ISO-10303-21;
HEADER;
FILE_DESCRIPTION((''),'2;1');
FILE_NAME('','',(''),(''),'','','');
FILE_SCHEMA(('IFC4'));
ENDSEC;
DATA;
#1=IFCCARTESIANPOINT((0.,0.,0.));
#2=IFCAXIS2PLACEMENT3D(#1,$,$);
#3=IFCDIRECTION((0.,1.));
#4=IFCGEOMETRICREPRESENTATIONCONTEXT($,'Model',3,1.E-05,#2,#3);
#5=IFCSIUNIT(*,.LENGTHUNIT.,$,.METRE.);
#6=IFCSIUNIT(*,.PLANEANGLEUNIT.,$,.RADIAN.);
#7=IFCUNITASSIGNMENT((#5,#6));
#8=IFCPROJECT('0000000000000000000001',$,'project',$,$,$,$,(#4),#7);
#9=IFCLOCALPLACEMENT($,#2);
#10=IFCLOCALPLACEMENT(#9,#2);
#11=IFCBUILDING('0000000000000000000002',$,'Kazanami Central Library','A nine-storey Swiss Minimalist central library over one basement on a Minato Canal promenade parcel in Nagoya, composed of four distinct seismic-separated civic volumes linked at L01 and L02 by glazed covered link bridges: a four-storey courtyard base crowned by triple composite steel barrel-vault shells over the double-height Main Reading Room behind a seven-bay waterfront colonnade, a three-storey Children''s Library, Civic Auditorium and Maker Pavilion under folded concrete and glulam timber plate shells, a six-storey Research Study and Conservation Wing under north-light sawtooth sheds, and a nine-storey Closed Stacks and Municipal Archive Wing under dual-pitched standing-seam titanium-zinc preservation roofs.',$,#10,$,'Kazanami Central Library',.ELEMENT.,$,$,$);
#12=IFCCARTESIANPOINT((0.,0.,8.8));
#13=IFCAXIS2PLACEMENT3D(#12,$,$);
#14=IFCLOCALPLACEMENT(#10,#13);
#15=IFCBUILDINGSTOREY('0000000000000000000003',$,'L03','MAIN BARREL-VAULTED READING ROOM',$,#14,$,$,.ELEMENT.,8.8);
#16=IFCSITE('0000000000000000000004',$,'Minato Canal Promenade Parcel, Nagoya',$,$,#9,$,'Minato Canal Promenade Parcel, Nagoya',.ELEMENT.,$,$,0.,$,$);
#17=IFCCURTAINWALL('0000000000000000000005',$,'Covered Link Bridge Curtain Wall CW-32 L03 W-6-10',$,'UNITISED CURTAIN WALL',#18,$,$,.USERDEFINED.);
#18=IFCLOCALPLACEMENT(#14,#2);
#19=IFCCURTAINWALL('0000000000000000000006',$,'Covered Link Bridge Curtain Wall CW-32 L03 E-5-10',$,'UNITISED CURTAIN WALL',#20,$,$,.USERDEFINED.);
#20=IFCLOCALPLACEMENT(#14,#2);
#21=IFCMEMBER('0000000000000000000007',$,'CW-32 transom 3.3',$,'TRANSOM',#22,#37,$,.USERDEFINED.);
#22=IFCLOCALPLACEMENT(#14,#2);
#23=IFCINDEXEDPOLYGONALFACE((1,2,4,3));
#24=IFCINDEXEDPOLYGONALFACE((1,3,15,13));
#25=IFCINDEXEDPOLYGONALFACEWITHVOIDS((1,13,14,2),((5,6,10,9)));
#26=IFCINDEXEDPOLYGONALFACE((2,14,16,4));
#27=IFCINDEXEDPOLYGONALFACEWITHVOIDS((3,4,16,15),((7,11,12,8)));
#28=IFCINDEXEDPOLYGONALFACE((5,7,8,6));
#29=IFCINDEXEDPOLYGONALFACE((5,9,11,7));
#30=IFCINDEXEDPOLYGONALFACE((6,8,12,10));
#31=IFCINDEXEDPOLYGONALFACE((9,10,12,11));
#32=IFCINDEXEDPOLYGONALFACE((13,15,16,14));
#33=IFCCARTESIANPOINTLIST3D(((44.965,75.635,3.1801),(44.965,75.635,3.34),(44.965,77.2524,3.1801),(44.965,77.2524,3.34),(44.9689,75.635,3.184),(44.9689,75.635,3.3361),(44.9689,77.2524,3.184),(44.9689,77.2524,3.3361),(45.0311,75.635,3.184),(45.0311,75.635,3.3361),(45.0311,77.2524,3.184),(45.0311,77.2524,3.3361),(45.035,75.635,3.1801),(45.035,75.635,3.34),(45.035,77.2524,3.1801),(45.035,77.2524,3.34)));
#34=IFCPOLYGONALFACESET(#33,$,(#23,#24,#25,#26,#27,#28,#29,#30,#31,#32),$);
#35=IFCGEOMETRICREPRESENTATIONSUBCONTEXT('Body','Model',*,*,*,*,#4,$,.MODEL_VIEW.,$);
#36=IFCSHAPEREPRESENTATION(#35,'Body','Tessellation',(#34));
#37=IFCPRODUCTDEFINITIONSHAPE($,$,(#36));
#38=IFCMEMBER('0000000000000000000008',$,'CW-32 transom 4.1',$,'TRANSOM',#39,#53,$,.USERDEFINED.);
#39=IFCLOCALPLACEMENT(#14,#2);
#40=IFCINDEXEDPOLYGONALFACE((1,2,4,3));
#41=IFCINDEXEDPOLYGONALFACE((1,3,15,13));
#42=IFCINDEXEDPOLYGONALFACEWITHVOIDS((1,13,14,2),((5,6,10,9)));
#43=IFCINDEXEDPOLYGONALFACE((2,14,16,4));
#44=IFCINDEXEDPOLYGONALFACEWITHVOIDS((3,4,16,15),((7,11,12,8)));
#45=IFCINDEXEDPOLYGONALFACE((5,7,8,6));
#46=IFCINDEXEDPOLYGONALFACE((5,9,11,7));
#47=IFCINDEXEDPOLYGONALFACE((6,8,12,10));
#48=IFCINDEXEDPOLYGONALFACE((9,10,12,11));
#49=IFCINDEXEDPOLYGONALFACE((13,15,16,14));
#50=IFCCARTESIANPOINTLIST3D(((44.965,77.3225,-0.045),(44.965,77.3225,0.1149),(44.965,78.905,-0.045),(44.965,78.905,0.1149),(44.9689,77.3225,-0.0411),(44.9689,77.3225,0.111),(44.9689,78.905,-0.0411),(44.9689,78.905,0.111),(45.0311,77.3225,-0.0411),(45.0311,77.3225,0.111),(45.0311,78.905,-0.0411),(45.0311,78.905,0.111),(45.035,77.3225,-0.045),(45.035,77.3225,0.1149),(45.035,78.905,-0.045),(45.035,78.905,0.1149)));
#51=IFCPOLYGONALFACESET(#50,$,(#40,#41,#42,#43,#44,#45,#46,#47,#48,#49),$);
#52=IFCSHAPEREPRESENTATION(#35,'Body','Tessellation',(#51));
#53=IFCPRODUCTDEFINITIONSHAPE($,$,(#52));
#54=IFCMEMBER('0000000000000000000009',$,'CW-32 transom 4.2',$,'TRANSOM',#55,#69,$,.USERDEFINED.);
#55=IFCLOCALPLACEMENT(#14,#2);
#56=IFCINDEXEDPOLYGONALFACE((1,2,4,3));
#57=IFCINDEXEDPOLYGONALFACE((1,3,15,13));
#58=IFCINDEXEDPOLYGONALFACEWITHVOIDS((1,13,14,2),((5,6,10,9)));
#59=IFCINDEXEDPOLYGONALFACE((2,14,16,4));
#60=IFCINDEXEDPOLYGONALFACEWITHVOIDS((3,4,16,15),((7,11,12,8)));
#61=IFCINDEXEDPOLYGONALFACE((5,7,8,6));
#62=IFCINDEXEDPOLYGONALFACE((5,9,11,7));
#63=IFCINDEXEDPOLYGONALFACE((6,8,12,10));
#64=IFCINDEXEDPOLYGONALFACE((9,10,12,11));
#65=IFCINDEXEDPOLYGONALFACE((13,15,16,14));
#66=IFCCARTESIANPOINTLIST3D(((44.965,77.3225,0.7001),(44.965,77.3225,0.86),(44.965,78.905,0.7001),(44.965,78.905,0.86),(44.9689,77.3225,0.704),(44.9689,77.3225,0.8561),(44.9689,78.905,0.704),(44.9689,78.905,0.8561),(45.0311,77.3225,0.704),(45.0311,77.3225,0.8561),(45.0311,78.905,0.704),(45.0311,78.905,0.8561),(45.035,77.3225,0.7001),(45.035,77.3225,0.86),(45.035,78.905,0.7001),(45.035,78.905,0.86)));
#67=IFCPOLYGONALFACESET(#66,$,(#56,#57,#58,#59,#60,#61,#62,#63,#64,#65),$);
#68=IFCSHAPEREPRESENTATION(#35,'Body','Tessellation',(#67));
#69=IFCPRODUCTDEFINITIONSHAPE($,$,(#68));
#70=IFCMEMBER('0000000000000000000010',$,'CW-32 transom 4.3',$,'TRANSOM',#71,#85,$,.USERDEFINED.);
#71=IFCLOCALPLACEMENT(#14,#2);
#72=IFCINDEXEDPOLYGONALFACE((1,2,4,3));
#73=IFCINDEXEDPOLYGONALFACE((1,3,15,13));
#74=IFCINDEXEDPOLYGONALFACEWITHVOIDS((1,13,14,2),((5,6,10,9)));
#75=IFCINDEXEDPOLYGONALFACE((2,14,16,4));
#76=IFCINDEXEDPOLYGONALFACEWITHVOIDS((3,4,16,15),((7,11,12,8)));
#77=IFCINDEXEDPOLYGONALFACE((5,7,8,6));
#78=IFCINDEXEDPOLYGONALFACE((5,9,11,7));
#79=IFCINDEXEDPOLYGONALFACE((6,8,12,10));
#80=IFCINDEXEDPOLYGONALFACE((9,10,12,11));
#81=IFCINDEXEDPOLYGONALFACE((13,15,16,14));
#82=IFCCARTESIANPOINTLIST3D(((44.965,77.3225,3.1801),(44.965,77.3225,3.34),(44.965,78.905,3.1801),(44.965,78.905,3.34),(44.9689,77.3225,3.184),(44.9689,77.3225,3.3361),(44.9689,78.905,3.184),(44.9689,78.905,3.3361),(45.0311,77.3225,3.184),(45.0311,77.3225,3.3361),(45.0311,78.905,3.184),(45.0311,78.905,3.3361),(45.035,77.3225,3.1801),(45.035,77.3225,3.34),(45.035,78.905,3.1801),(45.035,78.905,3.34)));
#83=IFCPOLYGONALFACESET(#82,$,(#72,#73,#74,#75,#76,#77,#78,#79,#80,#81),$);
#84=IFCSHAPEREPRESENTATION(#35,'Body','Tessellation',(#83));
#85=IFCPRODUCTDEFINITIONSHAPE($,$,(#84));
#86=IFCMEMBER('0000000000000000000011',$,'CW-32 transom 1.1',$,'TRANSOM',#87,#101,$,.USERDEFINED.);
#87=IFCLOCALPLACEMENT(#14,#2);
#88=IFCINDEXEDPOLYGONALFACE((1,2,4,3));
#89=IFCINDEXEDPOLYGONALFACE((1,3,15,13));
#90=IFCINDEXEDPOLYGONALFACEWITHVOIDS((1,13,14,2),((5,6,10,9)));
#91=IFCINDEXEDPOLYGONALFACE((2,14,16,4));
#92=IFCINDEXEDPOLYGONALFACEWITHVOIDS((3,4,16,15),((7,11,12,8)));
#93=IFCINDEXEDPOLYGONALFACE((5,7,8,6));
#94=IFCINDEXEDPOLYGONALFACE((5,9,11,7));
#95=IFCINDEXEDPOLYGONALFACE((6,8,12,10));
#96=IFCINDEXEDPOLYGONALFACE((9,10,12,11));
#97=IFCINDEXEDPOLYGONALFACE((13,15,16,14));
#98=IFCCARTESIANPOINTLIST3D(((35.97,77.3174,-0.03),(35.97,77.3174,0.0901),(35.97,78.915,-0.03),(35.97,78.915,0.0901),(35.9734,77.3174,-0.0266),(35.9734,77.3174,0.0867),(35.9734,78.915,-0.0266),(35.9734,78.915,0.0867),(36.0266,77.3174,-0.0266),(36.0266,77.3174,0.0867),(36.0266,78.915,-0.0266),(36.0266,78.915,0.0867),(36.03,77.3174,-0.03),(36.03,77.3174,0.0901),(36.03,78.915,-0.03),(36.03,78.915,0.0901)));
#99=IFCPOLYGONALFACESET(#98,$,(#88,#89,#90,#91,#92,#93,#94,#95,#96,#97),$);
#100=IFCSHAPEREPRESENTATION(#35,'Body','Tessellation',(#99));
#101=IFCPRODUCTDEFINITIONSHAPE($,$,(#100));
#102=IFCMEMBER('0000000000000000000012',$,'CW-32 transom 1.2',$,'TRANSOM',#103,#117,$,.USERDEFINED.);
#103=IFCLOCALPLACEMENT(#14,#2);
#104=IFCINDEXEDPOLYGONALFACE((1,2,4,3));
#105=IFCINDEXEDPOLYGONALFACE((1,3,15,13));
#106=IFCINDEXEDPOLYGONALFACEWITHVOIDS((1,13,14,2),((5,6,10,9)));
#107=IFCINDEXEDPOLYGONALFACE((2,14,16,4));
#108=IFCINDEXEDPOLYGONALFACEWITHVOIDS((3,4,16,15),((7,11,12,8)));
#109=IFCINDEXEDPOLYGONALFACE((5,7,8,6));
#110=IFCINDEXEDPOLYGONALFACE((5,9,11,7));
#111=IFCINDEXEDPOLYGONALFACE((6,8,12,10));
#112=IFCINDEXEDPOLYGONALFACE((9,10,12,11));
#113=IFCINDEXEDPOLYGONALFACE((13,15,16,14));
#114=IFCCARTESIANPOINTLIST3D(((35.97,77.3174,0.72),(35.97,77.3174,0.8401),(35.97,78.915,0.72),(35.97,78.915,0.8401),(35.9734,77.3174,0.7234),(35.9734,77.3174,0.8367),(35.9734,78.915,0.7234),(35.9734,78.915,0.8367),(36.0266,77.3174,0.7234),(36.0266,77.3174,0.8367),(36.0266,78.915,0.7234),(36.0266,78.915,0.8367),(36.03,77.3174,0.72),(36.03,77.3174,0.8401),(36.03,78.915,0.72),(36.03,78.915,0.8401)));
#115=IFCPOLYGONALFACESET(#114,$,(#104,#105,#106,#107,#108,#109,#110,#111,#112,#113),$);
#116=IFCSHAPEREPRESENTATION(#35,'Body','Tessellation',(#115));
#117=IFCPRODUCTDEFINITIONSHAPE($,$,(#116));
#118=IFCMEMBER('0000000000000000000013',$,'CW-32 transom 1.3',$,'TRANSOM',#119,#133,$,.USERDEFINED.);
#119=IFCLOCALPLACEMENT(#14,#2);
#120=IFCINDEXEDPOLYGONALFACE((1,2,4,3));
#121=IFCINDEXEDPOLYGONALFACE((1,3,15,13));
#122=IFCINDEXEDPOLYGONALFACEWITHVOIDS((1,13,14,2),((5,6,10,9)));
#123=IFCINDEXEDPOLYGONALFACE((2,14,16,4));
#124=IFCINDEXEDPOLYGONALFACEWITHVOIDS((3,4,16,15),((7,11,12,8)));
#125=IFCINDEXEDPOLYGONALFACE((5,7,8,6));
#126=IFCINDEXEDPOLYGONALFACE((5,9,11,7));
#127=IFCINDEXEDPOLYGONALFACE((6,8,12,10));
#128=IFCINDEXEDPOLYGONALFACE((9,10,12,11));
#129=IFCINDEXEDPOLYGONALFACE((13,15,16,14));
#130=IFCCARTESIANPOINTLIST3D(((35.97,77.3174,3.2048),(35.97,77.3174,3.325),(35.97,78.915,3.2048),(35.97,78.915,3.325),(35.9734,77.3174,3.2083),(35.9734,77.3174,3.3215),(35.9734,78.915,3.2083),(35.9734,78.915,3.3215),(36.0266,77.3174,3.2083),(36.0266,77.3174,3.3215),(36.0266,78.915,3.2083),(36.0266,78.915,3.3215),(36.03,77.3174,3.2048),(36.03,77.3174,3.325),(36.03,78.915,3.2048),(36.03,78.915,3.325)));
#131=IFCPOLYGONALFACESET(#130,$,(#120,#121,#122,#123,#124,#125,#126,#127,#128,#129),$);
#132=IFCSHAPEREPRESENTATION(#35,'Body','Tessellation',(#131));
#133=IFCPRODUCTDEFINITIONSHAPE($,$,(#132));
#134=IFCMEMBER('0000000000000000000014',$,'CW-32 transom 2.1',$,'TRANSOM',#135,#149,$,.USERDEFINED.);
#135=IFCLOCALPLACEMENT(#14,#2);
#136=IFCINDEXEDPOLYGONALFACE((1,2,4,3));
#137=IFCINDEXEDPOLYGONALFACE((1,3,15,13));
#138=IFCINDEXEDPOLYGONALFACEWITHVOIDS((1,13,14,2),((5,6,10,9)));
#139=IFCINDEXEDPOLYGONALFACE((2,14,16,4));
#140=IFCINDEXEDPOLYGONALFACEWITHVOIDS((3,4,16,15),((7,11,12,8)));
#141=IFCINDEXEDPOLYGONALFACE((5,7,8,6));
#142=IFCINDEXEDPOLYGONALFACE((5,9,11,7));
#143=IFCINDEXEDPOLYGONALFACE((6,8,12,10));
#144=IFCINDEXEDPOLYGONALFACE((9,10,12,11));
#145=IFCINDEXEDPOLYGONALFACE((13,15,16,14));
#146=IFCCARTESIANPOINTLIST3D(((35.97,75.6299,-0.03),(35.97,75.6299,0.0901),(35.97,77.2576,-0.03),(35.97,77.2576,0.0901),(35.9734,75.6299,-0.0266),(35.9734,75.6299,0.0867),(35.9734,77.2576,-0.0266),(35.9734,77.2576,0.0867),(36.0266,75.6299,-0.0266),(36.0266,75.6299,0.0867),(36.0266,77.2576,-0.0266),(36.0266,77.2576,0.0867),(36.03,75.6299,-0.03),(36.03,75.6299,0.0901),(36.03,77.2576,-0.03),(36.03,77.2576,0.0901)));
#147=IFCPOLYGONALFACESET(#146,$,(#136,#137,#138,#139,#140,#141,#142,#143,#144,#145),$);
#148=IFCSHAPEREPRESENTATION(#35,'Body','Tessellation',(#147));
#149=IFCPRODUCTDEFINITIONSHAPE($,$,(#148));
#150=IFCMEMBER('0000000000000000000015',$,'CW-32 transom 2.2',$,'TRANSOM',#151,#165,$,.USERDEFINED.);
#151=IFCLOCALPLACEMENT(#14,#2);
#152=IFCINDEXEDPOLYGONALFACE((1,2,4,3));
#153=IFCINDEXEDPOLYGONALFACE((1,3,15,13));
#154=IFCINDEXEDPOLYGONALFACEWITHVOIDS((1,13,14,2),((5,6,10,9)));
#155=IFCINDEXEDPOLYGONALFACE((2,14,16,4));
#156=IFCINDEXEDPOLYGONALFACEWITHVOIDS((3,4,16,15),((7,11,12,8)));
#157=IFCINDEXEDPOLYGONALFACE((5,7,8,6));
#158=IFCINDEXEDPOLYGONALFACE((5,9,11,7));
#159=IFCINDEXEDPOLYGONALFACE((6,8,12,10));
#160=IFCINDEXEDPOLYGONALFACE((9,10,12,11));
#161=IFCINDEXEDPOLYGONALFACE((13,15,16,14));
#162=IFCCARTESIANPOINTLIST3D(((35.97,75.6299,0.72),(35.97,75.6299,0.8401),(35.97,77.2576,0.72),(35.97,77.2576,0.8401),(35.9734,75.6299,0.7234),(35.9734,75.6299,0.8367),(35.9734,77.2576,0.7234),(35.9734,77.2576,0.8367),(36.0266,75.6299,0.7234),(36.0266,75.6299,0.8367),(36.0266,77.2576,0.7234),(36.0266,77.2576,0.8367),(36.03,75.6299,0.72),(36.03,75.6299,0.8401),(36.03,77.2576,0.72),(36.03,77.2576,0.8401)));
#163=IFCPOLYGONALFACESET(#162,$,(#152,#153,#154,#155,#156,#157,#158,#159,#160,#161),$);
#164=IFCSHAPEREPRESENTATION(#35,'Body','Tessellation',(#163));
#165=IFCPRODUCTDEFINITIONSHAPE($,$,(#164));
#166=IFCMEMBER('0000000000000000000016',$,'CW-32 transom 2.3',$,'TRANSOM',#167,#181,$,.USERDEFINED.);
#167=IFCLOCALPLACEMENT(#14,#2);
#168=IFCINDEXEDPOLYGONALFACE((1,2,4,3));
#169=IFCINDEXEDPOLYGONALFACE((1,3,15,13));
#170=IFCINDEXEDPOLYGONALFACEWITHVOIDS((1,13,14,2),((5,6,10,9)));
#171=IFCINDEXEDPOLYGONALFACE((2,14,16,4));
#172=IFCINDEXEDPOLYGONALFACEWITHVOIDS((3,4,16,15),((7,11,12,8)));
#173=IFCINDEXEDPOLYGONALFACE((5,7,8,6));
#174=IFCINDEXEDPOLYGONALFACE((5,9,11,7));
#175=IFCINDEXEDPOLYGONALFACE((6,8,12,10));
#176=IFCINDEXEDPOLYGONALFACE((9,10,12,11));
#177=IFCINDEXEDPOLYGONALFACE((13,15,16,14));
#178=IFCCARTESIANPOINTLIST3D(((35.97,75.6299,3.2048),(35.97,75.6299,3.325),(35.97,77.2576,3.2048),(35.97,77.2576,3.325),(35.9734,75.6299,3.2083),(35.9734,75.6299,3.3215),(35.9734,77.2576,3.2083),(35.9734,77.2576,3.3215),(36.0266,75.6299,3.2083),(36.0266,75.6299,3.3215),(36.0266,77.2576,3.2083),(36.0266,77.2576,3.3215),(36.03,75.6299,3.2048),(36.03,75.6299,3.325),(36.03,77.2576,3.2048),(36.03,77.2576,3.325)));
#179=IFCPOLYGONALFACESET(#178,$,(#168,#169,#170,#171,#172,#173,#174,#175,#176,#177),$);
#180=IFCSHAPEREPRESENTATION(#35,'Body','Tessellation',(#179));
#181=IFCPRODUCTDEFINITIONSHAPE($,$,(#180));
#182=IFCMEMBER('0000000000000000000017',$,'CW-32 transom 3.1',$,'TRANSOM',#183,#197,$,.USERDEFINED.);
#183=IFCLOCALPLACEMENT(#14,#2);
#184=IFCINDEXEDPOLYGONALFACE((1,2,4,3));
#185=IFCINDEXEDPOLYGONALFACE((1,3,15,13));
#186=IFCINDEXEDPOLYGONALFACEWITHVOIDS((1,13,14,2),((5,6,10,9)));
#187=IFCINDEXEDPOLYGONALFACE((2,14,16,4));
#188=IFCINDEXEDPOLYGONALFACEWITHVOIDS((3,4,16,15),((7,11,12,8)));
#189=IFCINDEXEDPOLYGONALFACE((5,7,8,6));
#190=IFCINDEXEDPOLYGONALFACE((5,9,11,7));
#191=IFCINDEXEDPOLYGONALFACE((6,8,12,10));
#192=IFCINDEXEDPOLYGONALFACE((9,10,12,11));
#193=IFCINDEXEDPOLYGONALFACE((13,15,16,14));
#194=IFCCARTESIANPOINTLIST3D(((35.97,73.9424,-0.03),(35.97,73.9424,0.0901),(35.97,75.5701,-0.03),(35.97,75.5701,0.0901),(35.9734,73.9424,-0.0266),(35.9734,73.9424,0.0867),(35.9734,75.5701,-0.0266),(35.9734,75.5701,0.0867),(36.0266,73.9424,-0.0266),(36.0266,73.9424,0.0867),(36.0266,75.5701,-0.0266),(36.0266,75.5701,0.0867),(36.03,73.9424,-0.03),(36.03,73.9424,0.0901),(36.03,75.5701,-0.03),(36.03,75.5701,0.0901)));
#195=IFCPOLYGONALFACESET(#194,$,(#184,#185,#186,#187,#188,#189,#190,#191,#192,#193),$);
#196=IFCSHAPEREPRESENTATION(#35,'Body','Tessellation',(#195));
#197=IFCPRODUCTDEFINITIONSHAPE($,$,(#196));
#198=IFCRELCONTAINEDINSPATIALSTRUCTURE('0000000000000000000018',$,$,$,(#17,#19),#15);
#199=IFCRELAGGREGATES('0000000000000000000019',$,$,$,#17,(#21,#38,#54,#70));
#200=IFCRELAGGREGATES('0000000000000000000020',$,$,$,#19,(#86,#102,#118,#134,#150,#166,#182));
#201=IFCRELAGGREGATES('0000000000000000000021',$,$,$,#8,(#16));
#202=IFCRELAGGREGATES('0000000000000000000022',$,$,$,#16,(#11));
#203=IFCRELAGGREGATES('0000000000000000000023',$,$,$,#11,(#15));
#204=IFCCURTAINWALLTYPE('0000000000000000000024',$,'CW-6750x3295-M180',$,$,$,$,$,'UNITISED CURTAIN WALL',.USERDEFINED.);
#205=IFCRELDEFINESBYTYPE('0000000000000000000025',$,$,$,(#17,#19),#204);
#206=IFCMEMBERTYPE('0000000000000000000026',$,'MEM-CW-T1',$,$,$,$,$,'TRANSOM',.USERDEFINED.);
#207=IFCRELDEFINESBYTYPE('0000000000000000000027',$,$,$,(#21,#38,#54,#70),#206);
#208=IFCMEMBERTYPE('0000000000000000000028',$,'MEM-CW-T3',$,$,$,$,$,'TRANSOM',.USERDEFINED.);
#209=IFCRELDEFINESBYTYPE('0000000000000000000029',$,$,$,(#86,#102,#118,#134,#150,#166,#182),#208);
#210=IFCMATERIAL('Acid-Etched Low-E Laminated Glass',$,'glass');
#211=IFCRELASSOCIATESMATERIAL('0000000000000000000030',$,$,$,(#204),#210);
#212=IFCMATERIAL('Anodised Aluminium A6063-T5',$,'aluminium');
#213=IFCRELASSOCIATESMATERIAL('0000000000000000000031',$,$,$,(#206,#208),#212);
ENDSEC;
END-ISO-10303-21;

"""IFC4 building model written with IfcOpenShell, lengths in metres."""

from ifc_helpers import new_model, si_unit, direction, frame, origin, origin_2d, place, context, subcontext, project, spatial, hollow_rectangle, extrude, material, material_profile, profile_set, type_object, element, aggregate, save


model = new_model("IFC4")

# Units and contexts
model_context = context("Model", 3, precision=1e-05, world=origin(), true_north=direction((0.0, 1.0)))
body_context = subcontext(model_context, "Body", "Model", "MODEL_VIEW")
ifc_project = project(units=[si_unit("LENGTHUNIT", "METRE"), si_unit("PLANEANGLEUNIT", "RADIAN")], contexts=[model_context])

# Site, building, storey
site_placement = place(None, origin())
site = spatial("IfcSite", under=ifc_project, at=site_placement, Name="Minato Canal Promenade Parcel, Nagoya", LongName="Minato Canal Promenade Parcel, Nagoya", CompositionType="ELEMENT", RefElevation=0.0)
building_placement = place(site_placement, origin())
building = spatial("IfcBuilding", under=site, at=building_placement, Name="Kazanami Central Library", Description="A nine-storey Swiss Minimalist central library over one basement on a Minato Canal promenade parcel in Nagoya, composed of four distinct seismic-separated civic volumes linked at L01 and L02 by glazed covered link bridges: a four-storey courtyard base crowned by triple composite steel barrel-vault shells over the double-height Main Reading Room behind a seven-bay waterfront colonnade, a three-storey Children's Library, Civic Auditorium and Maker Pavilion under folded concrete and glulam timber plate shells, a six-storey Research Study and Conservation Wing under north-light sawtooth sheds, and a nine-storey Closed Stacks and Municipal Archive Wing under dual-pitched standing-seam titanium-zinc preservation roofs.", LongName="Kazanami Central Library", CompositionType="ELEMENT")
storey_placement = place(building_placement, frame((0.0, 0.0, 8.8)))
storey = spatial("IfcBuildingStorey", under=building, at=storey_placement, Name="L03", Description="MAIN BARREL-VAULTED READING ROOM", CompositionType="ELEMENT", Elevation=8.8)

# Curtain walls
ifc_material_1 = material(Name="Acid-Etched Low-E Laminated Glass", Category="glass")
curtain_wall_type = type_object("IfcCurtainWallType", Name="CW-6750x3295-M180", ElementType="UNITISED CURTAIN WALL", PredefinedType="USERDEFINED", material=ifc_material_1)
curtain_wall_1_placement = place(storey_placement, origin())
curtain_wall_1 = element("IfcCurtainWall", 1, at=curtain_wall_1_placement, inside=storey, type_object=curtain_wall_type, Name="Covered Link Bridge Curtain Wall CW-32 L03 W-6-10", ObjectType="UNITISED CURTAIN WALL", PredefinedType="USERDEFINED")
ifc_material_2 = material(Name="Anodised Aluminium A6063-T5", Category="aluminium")
curtain_wall_2_placement = place(storey_placement, origin())
curtain_wall_2 = element("IfcCurtainWall", 2, at=curtain_wall_2_placement, inside=storey, type_object=curtain_wall_type, Name="Covered Link Bridge Curtain Wall CW-32 L03 E-5-10", ObjectType="UNITISED CURTAIN WALL", PredefinedType="USERDEFINED")

# Members
ifc_material_profile_1 = material_profile(ifc_material_2, hollow_rectangle(XDim=0.0701, YDim=0.1599, WallThickness=0.0039, at=origin_2d()), Name="ALU-TRAN-70x160x4")
ifc_profile_set_1 = profile_set([ifc_material_profile_1], Name="Anodised Aluminium A6063-T5")
member_type_1 = type_object("IfcMemberType", Name="MEM-CW-T1", ElementType="TRANSOM", PredefinedType="USERDEFINED", material=ifc_profile_set_1)
member_1_placement = place(storey_placement, frame((45.0, 75.635, 3.26), z_axis=(0.0, 1.0, 0.0), x_axis=(-1.0, 0.0, 0.0)))
member_1 = element("IfcMember", 3, at=member_1_placement, type_object=member_type_1, Name="CW-32 transom 3.3", ObjectType="TRANSOM", PredefinedType="USERDEFINED", context=body_context, shape_type="SweptSolid", body=[
    extrude(hollow_rectangle(XDim=0.0701, YDim=0.1599, WallThickness=0.0039, at=origin_2d()), origin(), (0.0, 0.0, 1.0), 1.6174),
])
member_2_placement = place(storey_placement, frame((45.0, 77.3225, 0.0349), z_axis=(0.0, 1.0, 0.0), x_axis=(-1.0, 0.0, 0.0)))
member_2 = element("IfcMember", 4, at=member_2_placement, type_object=member_type_1, Name="CW-32 transom 4.1", ObjectType="TRANSOM", PredefinedType="USERDEFINED", context=body_context, shape_type="SweptSolid", body=[
    extrude(hollow_rectangle(XDim=0.0701, YDim=0.1599, WallThickness=0.0039, at=origin_2d()), origin(), (0.0, 0.0, 1.0), 1.5825),
])
member_3_placement = place(storey_placement, frame((45.0, 77.3225, 0.78), z_axis=(0.0, 1.0, 0.0), x_axis=(-1.0, 0.0, 0.0)))
member_3 = element("IfcMember", 5, at=member_3_placement, type_object=member_type_1, Name="CW-32 transom 4.2", ObjectType="TRANSOM", PredefinedType="USERDEFINED", context=body_context, shape_type="SweptSolid", body=[
    extrude(hollow_rectangle(XDim=0.0701, YDim=0.1599, WallThickness=0.0039, at=origin_2d()), origin(), (0.0, 0.0, 1.0), 1.5825),
])
member_4_placement = place(storey_placement, frame((45.0, 77.3225, 3.26), z_axis=(0.0, 1.0, 0.0), x_axis=(-1.0, 0.0, 0.0)))
member_4 = element("IfcMember", 6, at=member_4_placement, type_object=member_type_1, Name="CW-32 transom 4.3", ObjectType="TRANSOM", PredefinedType="USERDEFINED", context=body_context, shape_type="SweptSolid", body=[
    extrude(hollow_rectangle(XDim=0.0701, YDim=0.1599, WallThickness=0.0039, at=origin_2d()), origin(), (0.0, 0.0, 1.0), 1.5825),
])
ifc_material_profile_2 = material_profile(ifc_material_2, hollow_rectangle(XDim=0.0601, YDim=0.1201, WallThickness=0.0034, at=origin_2d()), Name="ALU-TRAN-60x120x3.5")
ifc_profile_set_2 = profile_set([ifc_material_profile_2], Name="Anodised Aluminium A6063-T5")
member_type_2 = type_object("IfcMemberType", Name="MEM-CW-T3", ElementType="TRANSOM", PredefinedType="USERDEFINED", material=ifc_profile_set_2)
member_5_placement = place(storey_placement, frame((36.0, 78.915, 0.03), z_axis=(0.0, -1.0, 0.0), x_axis=(1.0, 0.0, 0.0)))
member_5 = element("IfcMember", 7, at=member_5_placement, type_object=member_type_2, Name="CW-32 transom 1.1", ObjectType="TRANSOM", PredefinedType="USERDEFINED", context=body_context, shape_type="SweptSolid", body=[
    extrude(hollow_rectangle(XDim=0.0601, YDim=0.1201, WallThickness=0.0034, at=origin_2d()), origin(), (0.0, 0.0, 1.0), 1.5977),
])
member_6_placement = place(storey_placement, frame((36.0, 78.915, 0.78), z_axis=(0.0, -1.0, 0.0), x_axis=(1.0, 0.0, 0.0)))
member_6 = element("IfcMember", 8, at=member_6_placement, type_object=member_type_2, Name="CW-32 transom 1.2", ObjectType="TRANSOM", PredefinedType="USERDEFINED", context=body_context, shape_type="SweptSolid", body=[
    extrude(hollow_rectangle(XDim=0.0601, YDim=0.1201, WallThickness=0.0034, at=origin_2d()), origin(), (0.0, 0.0, 1.0), 1.5977),
])
member_7_placement = place(storey_placement, frame((36.0, 78.915, 3.2649), z_axis=(0.0, -1.0, 0.0), x_axis=(1.0, 0.0, 0.0)))
member_7 = element("IfcMember", 9, at=member_7_placement, type_object=member_type_2, Name="CW-32 transom 1.3", ObjectType="TRANSOM", PredefinedType="USERDEFINED", context=body_context, shape_type="SweptSolid", body=[
    extrude(hollow_rectangle(XDim=0.0601, YDim=0.1201, WallThickness=0.0034, at=origin_2d()), origin(), (0.0, 0.0, 1.0), 1.5977),
])
member_8_placement = place(storey_placement, frame((36.0, 77.2576, 0.03), z_axis=(0.0, -1.0, 0.0), x_axis=(1.0, 0.0, 0.0)))
member_8 = element("IfcMember", 10, at=member_8_placement, type_object=member_type_2, Name="CW-32 transom 2.1", ObjectType="TRANSOM", PredefinedType="USERDEFINED", context=body_context, shape_type="SweptSolid", body=[
    extrude(hollow_rectangle(XDim=0.0601, YDim=0.1201, WallThickness=0.0034, at=origin_2d()), origin(), (0.0, 0.0, 1.0), 1.6277),
])
member_9_placement = place(storey_placement, frame((36.0, 77.2576, 0.78), z_axis=(0.0, -1.0, 0.0), x_axis=(1.0, 0.0, 0.0)))
member_9 = element("IfcMember", 11, at=member_9_placement, type_object=member_type_2, Name="CW-32 transom 2.2", ObjectType="TRANSOM", PredefinedType="USERDEFINED", context=body_context, shape_type="SweptSolid", body=[
    extrude(hollow_rectangle(XDim=0.0601, YDim=0.1201, WallThickness=0.0034, at=origin_2d()), origin(), (0.0, 0.0, 1.0), 1.6277),
])
member_10_placement = place(storey_placement, frame((36.0, 77.2576, 3.2649), z_axis=(0.0, -1.0, 0.0), x_axis=(1.0, 0.0, 0.0)))
member_10 = element("IfcMember", 12, at=member_10_placement, type_object=member_type_2, Name="CW-32 transom 2.3", ObjectType="TRANSOM", PredefinedType="USERDEFINED", context=body_context, shape_type="SweptSolid", body=[
    extrude(hollow_rectangle(XDim=0.0601, YDim=0.1201, WallThickness=0.0034, at=origin_2d()), origin(), (0.0, 0.0, 1.0), 1.6277),
])
member_11_placement = place(storey_placement, frame((36.0, 75.5701, 0.03), z_axis=(0.0, -1.0, 0.0), x_axis=(1.0, 0.0, 0.0)))
member_11 = element("IfcMember", 13, at=member_11_placement, type_object=member_type_2, Name="CW-32 transom 3.1", ObjectType="TRANSOM", PredefinedType="USERDEFINED", context=body_context, shape_type="SweptSolid", body=[
    extrude(hollow_rectangle(XDim=0.0601, YDim=0.1201, WallThickness=0.0034, at=origin_2d()), origin(), (0.0, 0.0, 1.0), 1.6277),
])

aggregate(curtain_wall_1, [member_1, member_2, member_3, member_4])
aggregate(curtain_wall_2, [member_5, member_6, member_7, member_8, member_9, member_10, member_11])

save(model, "model.ifc")
